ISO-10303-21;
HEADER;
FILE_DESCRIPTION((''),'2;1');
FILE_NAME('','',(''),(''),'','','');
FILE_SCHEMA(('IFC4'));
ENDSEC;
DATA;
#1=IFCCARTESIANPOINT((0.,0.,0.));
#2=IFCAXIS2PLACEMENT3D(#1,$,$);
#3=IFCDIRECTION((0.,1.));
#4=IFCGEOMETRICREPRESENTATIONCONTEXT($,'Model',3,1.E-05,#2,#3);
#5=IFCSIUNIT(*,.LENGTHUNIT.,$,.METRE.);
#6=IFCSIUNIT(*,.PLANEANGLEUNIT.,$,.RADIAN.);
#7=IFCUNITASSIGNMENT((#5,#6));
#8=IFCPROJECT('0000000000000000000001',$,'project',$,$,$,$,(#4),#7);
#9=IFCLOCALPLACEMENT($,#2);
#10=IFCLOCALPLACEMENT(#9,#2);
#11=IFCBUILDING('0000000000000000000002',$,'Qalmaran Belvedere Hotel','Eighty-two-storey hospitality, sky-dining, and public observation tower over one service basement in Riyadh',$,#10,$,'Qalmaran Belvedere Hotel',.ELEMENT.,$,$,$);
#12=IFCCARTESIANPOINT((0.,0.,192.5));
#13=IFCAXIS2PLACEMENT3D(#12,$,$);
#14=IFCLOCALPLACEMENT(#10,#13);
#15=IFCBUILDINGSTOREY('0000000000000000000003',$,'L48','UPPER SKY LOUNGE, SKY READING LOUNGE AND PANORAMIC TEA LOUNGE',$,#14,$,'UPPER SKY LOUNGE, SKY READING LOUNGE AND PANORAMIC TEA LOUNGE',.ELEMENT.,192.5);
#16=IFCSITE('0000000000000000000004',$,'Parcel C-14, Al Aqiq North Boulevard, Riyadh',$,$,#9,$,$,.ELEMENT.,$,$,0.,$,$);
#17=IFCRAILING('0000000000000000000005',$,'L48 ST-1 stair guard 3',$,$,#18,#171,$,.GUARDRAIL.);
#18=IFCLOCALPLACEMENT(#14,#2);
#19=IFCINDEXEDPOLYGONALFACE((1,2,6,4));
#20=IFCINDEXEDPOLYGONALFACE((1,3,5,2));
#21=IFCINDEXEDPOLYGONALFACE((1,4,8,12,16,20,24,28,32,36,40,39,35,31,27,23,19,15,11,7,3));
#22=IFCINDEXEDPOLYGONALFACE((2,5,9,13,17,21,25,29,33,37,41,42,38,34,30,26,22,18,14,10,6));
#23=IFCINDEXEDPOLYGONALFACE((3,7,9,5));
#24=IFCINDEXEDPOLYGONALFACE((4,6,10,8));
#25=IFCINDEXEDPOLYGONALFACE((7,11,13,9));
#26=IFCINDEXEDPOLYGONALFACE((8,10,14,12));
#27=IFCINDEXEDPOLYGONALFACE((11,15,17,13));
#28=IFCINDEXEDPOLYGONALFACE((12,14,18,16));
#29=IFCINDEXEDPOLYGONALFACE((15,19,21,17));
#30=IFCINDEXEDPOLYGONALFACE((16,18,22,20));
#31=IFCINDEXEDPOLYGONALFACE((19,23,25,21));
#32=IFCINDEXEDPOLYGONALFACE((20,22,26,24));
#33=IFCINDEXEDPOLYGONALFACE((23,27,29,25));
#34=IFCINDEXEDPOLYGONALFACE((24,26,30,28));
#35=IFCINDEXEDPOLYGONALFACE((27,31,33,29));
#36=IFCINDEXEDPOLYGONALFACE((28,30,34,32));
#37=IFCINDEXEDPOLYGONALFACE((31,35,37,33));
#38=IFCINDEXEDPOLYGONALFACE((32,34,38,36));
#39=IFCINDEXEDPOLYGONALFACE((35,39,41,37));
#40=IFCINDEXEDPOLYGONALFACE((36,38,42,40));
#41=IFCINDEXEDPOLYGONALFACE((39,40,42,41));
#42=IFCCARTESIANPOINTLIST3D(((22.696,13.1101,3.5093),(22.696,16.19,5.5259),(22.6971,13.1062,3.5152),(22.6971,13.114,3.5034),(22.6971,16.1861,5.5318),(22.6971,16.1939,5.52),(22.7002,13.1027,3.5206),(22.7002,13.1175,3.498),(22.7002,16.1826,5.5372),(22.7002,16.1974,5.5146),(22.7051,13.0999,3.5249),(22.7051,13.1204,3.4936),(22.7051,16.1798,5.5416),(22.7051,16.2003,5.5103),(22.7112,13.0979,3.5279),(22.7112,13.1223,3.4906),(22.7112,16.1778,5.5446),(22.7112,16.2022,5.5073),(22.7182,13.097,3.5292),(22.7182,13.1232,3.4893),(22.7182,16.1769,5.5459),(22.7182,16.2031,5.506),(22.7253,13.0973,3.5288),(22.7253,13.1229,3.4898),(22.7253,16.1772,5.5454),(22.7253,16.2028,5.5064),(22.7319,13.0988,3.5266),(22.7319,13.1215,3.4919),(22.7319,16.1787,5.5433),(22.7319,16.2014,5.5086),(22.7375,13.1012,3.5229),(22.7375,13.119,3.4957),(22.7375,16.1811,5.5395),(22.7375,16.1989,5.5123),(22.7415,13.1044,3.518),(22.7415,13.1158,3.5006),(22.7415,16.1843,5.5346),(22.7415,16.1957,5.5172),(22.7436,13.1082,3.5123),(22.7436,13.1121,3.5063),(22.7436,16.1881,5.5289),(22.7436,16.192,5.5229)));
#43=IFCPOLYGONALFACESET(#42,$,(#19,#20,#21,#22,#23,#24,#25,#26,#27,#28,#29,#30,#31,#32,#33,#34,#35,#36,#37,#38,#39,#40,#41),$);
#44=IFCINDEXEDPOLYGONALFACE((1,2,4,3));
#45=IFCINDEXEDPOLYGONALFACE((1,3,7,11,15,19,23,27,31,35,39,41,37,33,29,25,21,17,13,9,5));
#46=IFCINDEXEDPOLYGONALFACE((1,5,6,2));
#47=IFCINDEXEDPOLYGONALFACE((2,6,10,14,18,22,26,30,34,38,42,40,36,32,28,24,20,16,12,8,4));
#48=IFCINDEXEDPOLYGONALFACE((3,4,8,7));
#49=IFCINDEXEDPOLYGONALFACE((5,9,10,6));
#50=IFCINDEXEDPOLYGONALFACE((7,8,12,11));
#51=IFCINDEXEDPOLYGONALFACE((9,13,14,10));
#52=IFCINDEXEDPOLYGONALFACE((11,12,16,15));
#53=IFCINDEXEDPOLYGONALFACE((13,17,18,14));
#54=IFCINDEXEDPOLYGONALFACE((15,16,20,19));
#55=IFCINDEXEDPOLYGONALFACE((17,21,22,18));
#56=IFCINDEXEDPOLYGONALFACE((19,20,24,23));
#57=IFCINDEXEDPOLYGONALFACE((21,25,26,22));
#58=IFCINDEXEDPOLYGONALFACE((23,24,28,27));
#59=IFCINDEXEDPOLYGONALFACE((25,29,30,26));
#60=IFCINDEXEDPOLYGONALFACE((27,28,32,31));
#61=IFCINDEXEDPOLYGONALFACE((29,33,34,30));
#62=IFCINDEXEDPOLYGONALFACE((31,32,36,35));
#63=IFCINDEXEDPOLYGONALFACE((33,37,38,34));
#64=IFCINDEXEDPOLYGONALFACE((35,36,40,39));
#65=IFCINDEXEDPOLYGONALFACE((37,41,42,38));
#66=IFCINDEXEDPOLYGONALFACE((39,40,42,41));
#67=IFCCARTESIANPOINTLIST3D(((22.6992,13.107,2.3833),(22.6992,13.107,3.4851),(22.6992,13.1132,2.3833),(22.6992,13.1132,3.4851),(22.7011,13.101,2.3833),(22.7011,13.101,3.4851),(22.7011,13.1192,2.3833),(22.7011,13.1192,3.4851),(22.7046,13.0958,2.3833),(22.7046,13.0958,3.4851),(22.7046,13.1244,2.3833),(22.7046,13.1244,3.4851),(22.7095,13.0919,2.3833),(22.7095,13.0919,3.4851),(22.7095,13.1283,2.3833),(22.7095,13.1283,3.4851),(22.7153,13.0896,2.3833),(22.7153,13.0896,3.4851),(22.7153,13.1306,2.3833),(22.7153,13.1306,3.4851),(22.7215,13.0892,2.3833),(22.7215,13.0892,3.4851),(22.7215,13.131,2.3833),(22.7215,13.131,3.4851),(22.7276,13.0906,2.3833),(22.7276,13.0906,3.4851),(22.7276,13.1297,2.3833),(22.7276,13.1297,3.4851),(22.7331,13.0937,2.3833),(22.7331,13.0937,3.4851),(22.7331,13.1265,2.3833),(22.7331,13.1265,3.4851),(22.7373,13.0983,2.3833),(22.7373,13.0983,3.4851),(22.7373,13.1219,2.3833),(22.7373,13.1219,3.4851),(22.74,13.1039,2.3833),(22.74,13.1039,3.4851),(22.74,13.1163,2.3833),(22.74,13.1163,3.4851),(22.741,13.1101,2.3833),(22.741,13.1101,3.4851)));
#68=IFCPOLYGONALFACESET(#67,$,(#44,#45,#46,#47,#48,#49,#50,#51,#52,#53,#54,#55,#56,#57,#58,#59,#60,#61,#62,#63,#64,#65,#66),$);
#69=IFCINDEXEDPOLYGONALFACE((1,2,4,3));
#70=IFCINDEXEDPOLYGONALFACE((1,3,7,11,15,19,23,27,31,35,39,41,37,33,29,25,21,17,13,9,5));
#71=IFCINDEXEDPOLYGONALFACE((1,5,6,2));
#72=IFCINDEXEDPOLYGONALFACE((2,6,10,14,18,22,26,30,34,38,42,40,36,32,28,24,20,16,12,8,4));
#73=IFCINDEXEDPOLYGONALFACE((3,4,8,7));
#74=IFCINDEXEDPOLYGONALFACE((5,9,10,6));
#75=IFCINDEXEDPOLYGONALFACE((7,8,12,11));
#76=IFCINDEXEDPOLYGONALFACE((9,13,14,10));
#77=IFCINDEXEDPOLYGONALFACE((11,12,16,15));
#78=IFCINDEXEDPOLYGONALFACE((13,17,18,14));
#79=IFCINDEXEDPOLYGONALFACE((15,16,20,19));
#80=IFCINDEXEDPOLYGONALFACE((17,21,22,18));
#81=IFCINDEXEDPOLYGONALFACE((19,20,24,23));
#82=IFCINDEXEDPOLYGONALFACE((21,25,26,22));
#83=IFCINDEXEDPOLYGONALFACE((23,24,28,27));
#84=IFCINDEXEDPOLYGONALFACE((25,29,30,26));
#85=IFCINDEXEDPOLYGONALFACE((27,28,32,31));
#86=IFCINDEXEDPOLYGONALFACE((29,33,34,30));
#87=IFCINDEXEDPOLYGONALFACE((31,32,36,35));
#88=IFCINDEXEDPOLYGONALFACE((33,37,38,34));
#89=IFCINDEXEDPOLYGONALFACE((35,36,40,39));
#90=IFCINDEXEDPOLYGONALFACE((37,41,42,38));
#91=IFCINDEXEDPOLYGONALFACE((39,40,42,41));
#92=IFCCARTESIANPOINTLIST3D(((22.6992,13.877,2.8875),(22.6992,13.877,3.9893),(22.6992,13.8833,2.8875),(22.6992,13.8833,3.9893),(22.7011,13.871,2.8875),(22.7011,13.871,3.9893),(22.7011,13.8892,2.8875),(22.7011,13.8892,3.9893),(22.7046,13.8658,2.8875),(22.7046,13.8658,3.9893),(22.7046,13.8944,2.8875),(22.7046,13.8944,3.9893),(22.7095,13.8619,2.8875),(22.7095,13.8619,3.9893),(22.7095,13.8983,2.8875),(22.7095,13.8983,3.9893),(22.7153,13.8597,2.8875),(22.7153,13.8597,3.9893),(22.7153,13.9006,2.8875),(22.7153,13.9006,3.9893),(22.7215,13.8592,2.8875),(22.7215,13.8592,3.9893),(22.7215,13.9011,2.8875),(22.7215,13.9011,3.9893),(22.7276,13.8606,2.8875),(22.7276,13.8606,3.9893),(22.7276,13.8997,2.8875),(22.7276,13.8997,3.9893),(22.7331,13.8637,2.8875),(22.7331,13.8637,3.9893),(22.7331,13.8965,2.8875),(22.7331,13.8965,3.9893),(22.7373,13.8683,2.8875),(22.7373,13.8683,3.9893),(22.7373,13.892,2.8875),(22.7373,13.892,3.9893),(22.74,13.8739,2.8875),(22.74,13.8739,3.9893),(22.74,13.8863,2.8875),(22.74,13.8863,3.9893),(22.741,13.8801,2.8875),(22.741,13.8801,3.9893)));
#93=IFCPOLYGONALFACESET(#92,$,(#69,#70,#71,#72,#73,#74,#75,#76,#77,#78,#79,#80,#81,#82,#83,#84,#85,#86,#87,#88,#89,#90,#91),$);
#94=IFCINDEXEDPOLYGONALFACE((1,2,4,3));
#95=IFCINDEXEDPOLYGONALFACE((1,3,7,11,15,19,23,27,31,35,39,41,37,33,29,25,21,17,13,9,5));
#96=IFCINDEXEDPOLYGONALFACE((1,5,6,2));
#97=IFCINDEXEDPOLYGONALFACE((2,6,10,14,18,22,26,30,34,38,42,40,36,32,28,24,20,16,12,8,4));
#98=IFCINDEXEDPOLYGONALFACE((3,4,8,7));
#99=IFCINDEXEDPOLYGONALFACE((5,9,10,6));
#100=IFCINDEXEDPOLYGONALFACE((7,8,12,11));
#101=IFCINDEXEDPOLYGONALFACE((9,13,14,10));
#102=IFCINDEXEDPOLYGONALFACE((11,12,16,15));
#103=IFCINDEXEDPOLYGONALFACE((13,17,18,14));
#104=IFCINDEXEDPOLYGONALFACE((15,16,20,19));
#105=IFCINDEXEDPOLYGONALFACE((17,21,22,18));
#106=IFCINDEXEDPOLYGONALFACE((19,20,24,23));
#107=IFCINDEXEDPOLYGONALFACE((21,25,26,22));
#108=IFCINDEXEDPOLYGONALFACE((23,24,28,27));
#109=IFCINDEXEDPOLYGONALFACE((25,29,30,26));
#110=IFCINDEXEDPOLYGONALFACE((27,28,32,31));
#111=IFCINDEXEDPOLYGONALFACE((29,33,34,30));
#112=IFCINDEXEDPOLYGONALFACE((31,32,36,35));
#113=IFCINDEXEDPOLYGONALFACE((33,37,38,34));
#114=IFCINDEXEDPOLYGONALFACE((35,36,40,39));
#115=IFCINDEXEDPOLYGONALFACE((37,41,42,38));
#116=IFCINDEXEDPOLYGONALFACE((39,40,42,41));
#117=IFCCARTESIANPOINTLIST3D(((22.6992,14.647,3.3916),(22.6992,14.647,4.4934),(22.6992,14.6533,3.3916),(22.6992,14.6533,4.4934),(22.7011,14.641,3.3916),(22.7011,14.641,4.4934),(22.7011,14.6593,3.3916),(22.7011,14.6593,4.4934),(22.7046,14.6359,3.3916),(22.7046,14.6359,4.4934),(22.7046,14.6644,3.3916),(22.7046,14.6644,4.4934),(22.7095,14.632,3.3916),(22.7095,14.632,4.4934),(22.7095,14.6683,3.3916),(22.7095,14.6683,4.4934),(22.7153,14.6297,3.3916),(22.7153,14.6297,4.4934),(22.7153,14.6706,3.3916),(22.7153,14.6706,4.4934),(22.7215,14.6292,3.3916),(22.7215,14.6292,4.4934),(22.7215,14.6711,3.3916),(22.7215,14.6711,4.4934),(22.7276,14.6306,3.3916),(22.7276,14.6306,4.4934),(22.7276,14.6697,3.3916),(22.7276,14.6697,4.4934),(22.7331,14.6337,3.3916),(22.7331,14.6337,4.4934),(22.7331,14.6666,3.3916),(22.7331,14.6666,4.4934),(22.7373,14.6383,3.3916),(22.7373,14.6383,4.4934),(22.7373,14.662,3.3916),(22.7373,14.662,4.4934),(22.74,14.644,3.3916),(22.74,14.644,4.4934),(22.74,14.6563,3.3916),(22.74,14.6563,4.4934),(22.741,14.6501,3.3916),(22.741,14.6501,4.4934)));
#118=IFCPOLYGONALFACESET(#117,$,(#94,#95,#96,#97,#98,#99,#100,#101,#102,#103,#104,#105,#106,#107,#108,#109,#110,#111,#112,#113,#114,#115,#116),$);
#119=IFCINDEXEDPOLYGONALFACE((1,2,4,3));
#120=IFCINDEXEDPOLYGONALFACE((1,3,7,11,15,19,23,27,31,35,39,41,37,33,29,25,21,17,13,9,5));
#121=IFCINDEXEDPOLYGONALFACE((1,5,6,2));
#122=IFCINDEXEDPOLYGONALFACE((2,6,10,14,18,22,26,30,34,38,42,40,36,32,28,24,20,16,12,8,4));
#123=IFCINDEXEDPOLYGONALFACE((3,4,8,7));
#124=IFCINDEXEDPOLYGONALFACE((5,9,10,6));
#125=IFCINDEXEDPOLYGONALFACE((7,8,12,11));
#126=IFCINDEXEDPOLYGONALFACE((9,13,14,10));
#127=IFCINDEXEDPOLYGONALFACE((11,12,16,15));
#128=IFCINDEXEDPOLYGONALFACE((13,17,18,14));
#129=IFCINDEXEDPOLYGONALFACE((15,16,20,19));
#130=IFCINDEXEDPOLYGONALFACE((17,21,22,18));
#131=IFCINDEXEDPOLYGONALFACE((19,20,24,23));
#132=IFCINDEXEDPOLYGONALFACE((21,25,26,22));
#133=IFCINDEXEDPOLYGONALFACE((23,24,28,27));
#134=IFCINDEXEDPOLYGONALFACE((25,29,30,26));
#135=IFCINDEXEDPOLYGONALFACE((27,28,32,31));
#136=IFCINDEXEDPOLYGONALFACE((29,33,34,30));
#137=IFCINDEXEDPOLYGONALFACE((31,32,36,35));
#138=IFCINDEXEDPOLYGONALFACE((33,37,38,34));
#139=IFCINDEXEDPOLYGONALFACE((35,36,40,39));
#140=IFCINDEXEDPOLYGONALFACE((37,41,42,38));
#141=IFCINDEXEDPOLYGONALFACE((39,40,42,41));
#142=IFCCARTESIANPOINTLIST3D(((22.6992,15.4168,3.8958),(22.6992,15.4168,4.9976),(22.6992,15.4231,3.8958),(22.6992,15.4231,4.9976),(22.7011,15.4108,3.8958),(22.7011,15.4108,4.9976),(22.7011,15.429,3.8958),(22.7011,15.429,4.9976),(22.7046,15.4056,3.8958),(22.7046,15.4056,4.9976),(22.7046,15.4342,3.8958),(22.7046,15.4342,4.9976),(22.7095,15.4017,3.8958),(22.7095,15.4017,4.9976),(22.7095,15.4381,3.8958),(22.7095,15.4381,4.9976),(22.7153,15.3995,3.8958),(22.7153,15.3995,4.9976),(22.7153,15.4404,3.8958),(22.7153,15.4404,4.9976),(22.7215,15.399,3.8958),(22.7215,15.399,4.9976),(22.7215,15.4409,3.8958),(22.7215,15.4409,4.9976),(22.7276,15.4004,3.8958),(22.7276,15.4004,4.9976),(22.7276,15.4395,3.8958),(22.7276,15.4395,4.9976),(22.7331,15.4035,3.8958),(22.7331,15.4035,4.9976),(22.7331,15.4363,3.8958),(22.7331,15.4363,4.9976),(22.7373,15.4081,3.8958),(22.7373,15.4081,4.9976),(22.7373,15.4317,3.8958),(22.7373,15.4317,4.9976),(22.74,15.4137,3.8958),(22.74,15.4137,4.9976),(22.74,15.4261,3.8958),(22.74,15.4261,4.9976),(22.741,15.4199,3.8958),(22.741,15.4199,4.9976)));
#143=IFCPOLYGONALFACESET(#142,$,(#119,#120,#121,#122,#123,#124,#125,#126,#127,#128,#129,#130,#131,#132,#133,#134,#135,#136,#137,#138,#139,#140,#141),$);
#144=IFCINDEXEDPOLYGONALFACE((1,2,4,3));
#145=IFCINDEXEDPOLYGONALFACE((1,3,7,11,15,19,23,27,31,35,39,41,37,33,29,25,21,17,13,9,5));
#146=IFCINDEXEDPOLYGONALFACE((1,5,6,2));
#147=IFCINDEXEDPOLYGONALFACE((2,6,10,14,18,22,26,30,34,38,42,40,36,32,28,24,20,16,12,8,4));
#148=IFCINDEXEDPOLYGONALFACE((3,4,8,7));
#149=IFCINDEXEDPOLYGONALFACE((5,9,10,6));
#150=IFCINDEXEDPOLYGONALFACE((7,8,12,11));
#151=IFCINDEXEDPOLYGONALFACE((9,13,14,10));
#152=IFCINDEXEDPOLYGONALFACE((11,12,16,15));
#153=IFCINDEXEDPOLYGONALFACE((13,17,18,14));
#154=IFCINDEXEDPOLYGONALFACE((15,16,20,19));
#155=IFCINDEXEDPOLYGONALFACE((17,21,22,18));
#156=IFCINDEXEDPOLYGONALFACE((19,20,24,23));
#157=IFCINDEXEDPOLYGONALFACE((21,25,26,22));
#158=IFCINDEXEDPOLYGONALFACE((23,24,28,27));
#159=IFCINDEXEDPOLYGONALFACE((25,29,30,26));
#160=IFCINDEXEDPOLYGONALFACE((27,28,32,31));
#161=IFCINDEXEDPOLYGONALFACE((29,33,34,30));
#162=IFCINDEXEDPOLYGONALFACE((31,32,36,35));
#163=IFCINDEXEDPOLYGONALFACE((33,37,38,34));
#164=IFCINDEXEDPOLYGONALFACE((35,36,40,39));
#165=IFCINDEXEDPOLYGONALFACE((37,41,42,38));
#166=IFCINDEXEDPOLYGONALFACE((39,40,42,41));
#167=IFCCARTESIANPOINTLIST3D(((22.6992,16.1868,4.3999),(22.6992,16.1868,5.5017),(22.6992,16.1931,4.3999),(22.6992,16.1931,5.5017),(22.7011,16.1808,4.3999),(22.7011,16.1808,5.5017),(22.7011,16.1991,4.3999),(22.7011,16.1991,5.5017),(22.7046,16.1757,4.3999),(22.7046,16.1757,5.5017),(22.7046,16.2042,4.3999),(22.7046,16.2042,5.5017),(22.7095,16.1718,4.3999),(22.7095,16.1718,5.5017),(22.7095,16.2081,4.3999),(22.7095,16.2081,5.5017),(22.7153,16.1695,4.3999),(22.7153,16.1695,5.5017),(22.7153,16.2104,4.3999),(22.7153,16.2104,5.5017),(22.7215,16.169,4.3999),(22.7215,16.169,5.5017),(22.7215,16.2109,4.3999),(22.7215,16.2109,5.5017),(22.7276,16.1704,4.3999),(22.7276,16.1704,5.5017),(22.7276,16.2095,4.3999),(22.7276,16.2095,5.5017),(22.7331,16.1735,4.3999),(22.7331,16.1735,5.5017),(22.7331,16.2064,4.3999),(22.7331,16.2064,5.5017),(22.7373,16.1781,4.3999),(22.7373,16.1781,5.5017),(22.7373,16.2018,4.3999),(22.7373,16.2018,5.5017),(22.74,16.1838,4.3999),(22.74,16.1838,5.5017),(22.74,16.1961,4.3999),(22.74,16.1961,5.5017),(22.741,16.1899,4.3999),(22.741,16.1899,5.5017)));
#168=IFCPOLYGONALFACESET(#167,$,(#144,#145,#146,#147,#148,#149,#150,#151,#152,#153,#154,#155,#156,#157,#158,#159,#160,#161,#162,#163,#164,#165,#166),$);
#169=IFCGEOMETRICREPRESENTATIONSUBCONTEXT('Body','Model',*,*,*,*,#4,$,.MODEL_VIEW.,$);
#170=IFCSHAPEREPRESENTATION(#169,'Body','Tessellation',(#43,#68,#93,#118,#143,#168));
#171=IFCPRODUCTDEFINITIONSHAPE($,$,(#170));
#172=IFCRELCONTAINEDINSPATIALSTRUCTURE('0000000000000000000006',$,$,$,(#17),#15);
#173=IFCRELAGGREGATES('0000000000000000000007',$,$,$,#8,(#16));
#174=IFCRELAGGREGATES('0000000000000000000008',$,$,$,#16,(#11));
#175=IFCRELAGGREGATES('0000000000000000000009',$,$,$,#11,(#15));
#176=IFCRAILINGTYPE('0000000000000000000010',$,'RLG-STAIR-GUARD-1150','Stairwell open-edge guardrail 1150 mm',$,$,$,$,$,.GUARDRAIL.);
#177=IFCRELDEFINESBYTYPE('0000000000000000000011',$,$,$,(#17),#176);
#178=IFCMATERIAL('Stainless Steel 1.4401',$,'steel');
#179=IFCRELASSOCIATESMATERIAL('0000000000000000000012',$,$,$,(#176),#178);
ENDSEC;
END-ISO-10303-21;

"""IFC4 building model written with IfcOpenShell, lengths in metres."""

from ifc_helpers import new_model, si_unit, direction, frame, origin, origin_2d, place, context, subcontext, project, spatial, circle, extrude, material, type_object, element, save


model = new_model("IFC4")

# Units and contexts
model_context = context("Model", 3, precision=1e-05, world=origin(), true_north=direction((0.0, 1.0)))
body_context = subcontext(model_context, "Body", "Model", "MODEL_VIEW")
ifc_project = project(units=[si_unit("LENGTHUNIT", "METRE"), si_unit("PLANEANGLEUNIT", "RADIAN")], contexts=[model_context])

# Site, building, storey
site_placement = place(None, origin())
site = spatial("IfcSite", under=ifc_project, at=site_placement, Name="Parcel C-14, Al Aqiq North Boulevard, Riyadh", CompositionType="ELEMENT", RefElevation=0.0)
building_placement = place(site_placement, origin())
building = spatial("IfcBuilding", under=site, at=building_placement, Name="Qalmaran Belvedere Hotel", Description="Eighty-two-storey hospitality, sky-dining, and public observation tower over one service basement in Riyadh", LongName="Qalmaran Belvedere Hotel", CompositionType="ELEMENT")
storey_placement = place(building_placement, frame((0.0, 0.0, 192.5)))
storey = spatial("IfcBuildingStorey", under=building, at=storey_placement, Name="L48", Description="UPPER SKY LOUNGE, SKY READING LOUNGE AND PANORAMIC TEA LOUNGE", LongName="UPPER SKY LOUNGE, SKY READING LOUNGE AND PANORAMIC TEA LOUNGE", CompositionType="ELEMENT", Elevation=192.5)

# Railing
ifc_material_1 = material(Name="Stainless Steel 1.4401", Category="steel")
railing_type_1 = type_object("IfcRailingType", Name="RLG-STAIR-GUARD-1150", Description="Stairwell open-edge guardrail 1150 mm", PredefinedType="GUARDRAIL", material=ifc_material_1)
railing_1_placement = place(storey_placement, frame((22.72, 13.1101, 2.3833)))
element("IfcRailing", 1, at=railing_1_placement, inside=storey, type_object=railing_type_1, Name="L48 ST-1 stair guard 3", PredefinedType="GUARDRAIL", context=body_context, shape_type="SweptSolid", body=[
    extrude(circle(Radius=0.0239, at=origin_2d()), frame((0.0, 0.0, 1.126), z_axis=(0.0, 0.836613, 0.547794), x_axis=(-1.0, 0.0, 0.0)), (0.0, 0.0, 1.0), 3.6814),
    extrude(circle(Radius=0.021, at=origin_2d()), origin(), (0.0, 0.0, 1.0), 1.1018),
    extrude(circle(Radius=0.021, at=origin_2d()), frame((0.0, 0.77, 0.5042)), (0.0, 0.0, 1.0), 1.1018),
    extrude(circle(Radius=0.021, at=origin_2d()), frame((0.0, 1.54, 1.0083)), (0.0, 0.0, 1.0), 1.1018),
    extrude(circle(Radius=0.021, at=origin_2d()), frame((0.0, 2.3098, 1.5125)), (0.0, 0.0, 1.0), 1.1018),
    extrude(circle(Radius=0.021, at=origin_2d()), frame((0.0, 3.0798, 2.0166)), (0.0, 0.0, 1.0), 1.1018),
])

save(model, "model.ifc")
